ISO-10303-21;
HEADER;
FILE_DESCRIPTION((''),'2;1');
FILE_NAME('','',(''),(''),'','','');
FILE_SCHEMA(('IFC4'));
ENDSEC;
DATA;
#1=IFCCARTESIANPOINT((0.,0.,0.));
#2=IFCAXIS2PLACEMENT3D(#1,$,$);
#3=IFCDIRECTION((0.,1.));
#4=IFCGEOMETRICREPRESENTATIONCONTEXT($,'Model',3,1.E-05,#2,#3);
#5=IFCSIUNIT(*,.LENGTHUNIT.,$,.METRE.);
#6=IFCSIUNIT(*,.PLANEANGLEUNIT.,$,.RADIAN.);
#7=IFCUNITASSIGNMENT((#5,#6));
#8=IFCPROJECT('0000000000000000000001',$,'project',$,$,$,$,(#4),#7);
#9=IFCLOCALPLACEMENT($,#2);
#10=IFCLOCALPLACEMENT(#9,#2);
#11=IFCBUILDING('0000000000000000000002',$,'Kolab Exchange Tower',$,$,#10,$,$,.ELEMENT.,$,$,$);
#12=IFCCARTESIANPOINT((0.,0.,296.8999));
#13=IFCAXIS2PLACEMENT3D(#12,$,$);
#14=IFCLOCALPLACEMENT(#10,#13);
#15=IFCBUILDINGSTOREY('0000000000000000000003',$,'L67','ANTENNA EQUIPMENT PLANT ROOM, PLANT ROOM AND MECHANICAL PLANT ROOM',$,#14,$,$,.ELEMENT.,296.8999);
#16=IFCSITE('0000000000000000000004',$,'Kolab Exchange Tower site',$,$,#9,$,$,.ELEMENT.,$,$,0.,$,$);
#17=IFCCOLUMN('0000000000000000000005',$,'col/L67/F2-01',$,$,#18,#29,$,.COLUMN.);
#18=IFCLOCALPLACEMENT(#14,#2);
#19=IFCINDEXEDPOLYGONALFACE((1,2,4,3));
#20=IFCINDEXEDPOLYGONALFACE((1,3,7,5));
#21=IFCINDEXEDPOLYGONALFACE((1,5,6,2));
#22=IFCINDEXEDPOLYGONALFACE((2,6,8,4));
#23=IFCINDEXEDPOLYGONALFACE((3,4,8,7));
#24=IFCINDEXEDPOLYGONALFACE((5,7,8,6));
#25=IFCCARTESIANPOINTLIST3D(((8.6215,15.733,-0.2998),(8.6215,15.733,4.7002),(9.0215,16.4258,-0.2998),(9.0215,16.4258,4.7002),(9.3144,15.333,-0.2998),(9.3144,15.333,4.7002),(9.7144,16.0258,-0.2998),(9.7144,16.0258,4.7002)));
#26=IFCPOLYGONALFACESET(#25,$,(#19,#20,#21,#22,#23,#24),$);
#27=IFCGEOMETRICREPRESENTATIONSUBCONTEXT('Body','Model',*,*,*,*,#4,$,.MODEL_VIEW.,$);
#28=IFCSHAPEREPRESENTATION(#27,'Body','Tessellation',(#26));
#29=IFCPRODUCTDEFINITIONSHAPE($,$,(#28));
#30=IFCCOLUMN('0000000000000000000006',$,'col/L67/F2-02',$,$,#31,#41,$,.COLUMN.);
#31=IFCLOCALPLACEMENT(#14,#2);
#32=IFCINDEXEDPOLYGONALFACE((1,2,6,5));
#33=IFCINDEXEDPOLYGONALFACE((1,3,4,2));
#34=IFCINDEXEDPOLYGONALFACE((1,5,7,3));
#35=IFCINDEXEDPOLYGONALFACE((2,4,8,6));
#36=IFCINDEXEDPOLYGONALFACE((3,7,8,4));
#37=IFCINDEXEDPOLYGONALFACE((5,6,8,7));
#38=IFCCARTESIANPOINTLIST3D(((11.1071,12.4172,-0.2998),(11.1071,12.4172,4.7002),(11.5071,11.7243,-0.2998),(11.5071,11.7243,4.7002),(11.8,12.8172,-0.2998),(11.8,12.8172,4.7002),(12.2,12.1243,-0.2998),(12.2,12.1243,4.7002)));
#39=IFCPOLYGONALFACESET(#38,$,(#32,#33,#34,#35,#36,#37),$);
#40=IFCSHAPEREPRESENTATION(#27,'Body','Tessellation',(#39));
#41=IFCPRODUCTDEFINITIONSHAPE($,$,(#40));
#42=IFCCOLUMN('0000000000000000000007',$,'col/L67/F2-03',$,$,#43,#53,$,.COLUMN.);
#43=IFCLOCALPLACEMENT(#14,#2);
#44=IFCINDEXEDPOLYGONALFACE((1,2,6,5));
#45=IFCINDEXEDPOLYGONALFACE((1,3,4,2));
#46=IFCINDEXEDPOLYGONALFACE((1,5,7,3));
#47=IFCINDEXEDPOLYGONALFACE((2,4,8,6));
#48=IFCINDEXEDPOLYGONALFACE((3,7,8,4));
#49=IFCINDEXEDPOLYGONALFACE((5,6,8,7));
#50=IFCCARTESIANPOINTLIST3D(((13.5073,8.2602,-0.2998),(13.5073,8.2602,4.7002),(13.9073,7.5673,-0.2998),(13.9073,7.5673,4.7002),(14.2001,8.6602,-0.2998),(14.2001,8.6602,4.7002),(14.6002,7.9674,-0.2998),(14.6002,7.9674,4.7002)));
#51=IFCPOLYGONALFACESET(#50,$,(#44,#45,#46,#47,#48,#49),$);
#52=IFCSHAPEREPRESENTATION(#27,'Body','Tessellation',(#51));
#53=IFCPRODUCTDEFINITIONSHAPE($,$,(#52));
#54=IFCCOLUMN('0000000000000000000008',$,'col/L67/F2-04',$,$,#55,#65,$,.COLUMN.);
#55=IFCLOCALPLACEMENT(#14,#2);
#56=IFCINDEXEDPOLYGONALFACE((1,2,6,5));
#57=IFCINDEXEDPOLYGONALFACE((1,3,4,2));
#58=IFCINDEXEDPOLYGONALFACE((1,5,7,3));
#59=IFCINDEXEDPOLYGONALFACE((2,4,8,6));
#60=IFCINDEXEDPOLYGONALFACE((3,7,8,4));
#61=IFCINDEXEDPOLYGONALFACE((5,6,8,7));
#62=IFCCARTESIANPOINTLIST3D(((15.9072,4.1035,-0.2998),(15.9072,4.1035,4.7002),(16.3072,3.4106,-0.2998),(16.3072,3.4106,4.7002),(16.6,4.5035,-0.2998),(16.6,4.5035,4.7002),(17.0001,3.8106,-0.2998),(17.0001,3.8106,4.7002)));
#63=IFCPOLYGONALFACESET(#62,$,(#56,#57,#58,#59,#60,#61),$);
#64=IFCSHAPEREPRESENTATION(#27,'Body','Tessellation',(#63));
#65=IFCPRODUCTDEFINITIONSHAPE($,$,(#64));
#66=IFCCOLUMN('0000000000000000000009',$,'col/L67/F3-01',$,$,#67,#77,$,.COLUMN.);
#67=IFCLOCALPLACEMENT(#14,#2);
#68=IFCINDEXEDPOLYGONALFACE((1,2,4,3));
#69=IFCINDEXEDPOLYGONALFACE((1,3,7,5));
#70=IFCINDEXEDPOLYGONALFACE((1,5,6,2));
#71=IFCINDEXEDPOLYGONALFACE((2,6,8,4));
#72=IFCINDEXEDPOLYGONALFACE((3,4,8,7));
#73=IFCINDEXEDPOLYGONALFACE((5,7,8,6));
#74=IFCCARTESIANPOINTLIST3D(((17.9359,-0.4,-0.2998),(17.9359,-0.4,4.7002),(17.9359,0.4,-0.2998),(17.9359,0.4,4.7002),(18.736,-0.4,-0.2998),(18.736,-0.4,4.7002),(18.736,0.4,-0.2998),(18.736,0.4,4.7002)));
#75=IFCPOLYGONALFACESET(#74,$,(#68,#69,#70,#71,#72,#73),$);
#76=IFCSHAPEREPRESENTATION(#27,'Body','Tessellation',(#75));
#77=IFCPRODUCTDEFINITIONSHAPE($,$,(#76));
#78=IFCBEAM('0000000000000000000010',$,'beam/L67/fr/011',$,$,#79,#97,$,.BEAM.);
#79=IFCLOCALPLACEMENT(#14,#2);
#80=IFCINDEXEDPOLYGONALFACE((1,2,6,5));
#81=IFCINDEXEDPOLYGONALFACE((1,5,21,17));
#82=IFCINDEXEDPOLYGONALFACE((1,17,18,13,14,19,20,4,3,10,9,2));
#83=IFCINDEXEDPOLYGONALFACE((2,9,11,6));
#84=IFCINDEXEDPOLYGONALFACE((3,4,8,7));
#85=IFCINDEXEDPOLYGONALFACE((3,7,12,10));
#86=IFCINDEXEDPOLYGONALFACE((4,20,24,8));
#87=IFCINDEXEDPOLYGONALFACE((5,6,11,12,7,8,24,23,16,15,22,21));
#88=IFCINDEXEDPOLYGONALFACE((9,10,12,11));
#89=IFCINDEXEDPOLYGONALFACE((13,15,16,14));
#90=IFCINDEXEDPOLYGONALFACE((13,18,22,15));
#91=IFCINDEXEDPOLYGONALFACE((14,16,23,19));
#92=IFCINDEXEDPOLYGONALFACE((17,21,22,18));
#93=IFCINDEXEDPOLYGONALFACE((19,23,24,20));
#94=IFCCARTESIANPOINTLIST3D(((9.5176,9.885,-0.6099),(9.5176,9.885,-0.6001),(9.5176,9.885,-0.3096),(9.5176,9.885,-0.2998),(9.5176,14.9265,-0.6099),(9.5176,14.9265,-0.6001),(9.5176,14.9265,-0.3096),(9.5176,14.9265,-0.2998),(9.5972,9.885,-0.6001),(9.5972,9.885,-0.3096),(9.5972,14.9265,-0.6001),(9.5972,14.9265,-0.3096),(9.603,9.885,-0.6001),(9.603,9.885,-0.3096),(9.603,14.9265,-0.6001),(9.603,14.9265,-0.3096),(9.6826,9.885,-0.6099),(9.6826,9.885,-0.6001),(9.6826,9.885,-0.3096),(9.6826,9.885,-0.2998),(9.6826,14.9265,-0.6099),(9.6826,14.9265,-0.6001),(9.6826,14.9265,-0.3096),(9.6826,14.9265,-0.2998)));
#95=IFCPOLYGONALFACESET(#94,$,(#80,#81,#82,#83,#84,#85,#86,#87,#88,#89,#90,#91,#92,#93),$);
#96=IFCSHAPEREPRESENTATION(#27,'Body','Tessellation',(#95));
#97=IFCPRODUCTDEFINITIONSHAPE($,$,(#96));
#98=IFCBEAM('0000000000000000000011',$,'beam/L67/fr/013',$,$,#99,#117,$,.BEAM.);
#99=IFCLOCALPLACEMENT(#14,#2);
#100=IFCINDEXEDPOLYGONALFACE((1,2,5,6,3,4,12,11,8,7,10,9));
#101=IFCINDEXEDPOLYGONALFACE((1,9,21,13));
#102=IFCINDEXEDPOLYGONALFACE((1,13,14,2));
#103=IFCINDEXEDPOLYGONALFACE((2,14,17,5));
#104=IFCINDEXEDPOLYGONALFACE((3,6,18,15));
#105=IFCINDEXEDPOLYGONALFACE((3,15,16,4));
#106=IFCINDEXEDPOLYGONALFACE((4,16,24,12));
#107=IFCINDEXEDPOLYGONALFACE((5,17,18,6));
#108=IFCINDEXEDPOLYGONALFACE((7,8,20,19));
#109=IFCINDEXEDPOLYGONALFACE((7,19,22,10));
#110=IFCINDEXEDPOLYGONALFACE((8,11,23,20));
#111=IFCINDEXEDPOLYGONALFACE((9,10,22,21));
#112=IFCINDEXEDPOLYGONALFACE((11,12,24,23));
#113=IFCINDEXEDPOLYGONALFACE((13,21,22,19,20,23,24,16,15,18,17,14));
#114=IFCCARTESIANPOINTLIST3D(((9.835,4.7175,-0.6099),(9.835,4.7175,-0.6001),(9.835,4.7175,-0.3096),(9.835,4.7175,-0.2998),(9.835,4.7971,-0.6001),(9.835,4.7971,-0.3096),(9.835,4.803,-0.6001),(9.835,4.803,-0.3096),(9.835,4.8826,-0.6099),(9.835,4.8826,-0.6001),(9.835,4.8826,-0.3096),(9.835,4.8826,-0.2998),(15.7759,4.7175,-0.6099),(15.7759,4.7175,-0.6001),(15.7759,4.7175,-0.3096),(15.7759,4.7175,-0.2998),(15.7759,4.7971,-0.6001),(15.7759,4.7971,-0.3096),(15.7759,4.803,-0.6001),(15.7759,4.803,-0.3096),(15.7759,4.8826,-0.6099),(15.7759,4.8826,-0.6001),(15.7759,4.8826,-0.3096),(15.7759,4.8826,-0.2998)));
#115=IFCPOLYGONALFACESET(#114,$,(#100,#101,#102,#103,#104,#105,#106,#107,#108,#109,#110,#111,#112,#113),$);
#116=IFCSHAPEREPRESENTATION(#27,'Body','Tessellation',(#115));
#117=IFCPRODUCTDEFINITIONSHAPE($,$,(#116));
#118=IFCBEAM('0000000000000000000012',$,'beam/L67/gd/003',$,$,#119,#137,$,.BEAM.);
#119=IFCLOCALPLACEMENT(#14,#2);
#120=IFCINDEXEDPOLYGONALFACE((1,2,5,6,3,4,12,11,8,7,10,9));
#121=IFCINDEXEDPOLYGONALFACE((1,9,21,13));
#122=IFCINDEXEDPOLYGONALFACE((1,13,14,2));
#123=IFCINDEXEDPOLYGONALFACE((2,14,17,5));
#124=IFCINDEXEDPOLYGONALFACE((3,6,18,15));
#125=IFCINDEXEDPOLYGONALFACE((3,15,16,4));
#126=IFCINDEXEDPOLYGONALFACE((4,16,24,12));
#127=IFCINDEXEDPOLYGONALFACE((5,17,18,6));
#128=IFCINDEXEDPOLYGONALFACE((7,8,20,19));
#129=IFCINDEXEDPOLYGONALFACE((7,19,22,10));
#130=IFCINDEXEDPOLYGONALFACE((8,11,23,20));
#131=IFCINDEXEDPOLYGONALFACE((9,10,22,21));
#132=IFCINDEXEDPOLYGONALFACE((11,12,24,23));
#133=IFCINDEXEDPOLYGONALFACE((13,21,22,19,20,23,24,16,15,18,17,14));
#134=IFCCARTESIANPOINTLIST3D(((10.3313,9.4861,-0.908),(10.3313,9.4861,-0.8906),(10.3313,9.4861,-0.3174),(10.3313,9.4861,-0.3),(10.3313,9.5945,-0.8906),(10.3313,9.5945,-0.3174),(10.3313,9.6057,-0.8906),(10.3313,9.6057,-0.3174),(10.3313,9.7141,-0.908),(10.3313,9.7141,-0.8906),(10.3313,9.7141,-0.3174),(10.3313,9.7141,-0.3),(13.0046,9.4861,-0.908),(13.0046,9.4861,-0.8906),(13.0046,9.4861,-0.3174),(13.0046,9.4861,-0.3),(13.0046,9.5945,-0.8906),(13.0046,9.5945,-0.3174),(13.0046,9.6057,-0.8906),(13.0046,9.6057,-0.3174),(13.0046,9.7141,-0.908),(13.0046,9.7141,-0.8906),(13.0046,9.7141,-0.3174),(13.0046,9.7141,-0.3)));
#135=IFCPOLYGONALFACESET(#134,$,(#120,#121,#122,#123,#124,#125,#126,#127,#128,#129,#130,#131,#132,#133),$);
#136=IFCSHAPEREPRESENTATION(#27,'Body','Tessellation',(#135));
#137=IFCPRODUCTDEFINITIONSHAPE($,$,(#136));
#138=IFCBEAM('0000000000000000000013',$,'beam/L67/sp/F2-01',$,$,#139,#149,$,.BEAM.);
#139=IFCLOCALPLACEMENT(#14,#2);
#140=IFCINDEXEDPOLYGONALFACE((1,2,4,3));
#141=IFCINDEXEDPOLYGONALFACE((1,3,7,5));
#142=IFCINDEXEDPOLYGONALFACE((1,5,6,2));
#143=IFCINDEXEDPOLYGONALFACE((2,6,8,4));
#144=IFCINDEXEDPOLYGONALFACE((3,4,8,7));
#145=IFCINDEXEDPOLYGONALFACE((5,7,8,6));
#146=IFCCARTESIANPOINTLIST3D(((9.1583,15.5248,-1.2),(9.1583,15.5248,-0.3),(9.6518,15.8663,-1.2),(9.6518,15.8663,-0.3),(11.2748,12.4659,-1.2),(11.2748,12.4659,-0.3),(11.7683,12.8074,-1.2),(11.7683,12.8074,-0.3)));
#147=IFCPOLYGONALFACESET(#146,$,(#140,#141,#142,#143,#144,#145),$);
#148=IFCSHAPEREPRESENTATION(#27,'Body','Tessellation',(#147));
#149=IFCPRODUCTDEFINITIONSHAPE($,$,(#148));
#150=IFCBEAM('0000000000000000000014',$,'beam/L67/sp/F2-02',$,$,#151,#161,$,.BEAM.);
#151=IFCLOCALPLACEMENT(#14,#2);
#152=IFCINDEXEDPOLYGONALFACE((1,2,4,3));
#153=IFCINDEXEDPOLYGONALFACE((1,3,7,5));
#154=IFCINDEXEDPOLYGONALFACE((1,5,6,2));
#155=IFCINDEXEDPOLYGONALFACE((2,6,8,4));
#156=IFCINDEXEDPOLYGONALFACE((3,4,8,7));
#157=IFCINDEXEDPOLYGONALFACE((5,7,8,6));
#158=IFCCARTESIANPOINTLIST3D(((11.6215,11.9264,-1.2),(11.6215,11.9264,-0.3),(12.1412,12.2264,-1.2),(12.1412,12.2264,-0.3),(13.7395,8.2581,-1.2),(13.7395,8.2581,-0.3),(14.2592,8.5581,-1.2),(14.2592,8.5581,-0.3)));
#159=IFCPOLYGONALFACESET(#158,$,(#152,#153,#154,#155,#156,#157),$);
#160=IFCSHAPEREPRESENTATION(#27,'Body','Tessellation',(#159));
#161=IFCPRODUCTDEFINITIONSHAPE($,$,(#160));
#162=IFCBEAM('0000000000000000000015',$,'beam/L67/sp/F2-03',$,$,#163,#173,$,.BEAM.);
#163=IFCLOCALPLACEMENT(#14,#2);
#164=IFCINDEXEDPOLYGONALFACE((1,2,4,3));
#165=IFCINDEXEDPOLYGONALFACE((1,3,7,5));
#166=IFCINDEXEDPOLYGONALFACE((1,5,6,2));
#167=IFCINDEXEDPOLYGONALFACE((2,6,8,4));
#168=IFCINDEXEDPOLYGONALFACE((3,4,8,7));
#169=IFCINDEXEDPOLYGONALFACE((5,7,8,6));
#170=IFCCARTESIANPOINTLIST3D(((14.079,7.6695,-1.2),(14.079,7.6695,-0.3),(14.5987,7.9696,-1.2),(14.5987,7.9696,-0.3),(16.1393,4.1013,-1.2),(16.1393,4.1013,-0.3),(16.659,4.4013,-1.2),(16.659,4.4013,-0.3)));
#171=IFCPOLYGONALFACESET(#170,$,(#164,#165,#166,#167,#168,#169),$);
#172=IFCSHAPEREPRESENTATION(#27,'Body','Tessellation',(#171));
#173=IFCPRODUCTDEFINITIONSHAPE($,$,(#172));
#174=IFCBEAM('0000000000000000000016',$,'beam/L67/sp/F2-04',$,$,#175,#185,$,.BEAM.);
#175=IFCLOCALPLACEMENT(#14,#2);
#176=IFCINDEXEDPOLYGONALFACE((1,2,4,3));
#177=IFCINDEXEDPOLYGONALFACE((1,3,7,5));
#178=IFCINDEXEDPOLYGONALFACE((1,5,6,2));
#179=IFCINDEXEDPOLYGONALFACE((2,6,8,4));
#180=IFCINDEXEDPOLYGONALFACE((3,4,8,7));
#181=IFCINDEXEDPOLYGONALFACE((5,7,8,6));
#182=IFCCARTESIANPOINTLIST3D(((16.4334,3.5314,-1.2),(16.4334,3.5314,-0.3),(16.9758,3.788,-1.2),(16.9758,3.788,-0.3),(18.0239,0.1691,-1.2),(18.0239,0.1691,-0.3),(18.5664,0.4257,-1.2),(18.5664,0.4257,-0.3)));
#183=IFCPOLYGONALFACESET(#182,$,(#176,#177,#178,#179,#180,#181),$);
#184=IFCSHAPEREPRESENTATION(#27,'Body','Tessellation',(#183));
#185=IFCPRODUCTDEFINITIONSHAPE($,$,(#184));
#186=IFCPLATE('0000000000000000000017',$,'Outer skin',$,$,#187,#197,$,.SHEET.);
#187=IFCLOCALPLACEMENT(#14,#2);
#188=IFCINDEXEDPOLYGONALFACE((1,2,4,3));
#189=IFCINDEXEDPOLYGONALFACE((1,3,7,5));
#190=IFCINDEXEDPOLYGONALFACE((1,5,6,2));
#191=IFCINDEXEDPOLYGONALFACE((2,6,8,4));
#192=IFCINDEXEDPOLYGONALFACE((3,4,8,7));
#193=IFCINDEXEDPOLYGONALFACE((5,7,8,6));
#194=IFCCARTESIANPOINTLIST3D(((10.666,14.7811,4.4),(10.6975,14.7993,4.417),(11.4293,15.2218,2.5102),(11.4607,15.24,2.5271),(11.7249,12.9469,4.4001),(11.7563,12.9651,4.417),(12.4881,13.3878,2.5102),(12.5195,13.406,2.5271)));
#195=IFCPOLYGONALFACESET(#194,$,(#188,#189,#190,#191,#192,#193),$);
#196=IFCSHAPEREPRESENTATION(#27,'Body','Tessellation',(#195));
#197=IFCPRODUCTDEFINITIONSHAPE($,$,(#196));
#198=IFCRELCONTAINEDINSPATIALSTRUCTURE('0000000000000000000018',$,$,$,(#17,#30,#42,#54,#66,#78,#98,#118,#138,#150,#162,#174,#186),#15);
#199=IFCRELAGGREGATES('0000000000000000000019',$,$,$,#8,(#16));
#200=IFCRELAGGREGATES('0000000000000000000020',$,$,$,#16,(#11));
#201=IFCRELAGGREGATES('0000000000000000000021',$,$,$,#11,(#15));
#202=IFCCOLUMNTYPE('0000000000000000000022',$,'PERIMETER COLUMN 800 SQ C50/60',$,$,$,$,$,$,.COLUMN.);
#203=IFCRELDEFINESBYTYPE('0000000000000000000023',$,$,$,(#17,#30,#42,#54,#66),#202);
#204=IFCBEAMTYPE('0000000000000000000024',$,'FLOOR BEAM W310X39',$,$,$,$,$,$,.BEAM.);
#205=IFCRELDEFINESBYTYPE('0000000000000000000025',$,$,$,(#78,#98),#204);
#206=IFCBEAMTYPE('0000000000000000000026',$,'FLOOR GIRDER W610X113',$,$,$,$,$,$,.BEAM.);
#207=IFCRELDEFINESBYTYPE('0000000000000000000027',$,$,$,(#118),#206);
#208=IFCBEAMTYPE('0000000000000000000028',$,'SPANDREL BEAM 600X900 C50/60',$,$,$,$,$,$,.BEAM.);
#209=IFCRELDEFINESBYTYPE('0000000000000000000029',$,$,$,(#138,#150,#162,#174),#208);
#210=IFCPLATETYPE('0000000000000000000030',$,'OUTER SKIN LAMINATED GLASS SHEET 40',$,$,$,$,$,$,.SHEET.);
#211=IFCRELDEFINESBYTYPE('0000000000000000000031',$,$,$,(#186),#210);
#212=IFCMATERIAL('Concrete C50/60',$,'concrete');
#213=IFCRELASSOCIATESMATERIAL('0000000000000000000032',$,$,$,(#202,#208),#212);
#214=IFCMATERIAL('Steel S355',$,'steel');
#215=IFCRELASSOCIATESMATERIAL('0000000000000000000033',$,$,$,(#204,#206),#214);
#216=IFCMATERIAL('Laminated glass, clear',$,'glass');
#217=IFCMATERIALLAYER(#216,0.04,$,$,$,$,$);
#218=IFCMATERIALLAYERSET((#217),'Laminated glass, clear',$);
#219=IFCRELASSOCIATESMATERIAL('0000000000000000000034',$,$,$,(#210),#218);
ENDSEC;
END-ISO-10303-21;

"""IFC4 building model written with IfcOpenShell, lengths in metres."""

from ifc_helpers import new_model, si_unit, direction, frame, origin, origin_2d, place, context, subcontext, project, spatial, polyline, rectangle, i_section, outline, extrude, material, layer, layer_set, material_profile, profile_set, type_object, element, save


model = new_model("IFC4")

# Units and contexts
model_context = context("Model", 3, precision=1e-05, world=origin(), true_north=direction((0.0, 1.0)))
body_context = subcontext(model_context, "Body", "Model", "MODEL_VIEW")
ifc_project = project(units=[si_unit("LENGTHUNIT", "METRE"), si_unit("PLANEANGLEUNIT", "RADIAN")], contexts=[model_context])

# Site, building, storey
site_placement = place(None, origin())
site = spatial("IfcSite", under=ifc_project, at=site_placement, Name="Kolab Exchange Tower site", CompositionType="ELEMENT", RefElevation=0.0)
building_placement = place(site_placement, origin())
building = spatial("IfcBuilding", under=site, at=building_placement, Name="Kolab Exchange Tower", CompositionType="ELEMENT")
storey_placement = place(building_placement, frame((0.0, 0.0, 296.8999)))
storey = spatial("IfcBuildingStorey", under=building, at=storey_placement, Name="L67", Description="ANTENNA EQUIPMENT PLANT ROOM, PLANT ROOM AND MECHANICAL PLANT ROOM", CompositionType="ELEMENT", Elevation=296.8999)

# Columns
ifc_material_1 = material(Name="Concrete C50/60", Category="concrete")
ifc_material_profile_1 = material_profile(ifc_material_1, rectangle(XDim=0.8, YDim=0.8, at=origin_2d()), Name="RC800")
ifc_profile_set_1 = profile_set([ifc_material_profile_1], Name="Concrete C50/60")
column_type = type_object("IfcColumnType", Name="PERIMETER COLUMN 800 SQ C50/60", PredefinedType="COLUMN", material=ifc_profile_set_1)
for number, where, z_axis, x_axis, name in (
    (1, (9.168, 15.8794, -0.2998), (0.0, 0.0, 1.0), (0.5, 0.866025, 0.0), "col/L67/F2-01"),
    (2, (11.6536, 12.2708, -0.2998), (0.0, 0.0, 1.0), (0.866025, 0.5, 0.0), "col/L67/F2-02"),
    (3, (14.0537, 8.1138, -0.2998), (0.0, 0.0, 1.0), (0.866025, 0.5, 0.0), "col/L67/F2-03"),
    (4, (16.4536, 3.957, -0.2998), (0.0, 0.0, 1.0), (0.866025, 0.5, 0.0), "col/L67/F2-04"),
    (5, (18.3359, 0.0, -0.2998), (0.0, 0.0, 1.0), (1.0, 0.0, 0.0), "col/L67/F3-01"),
):
    element("IfcColumn", number, at=place(storey_placement, frame(where, z_axis=z_axis, x_axis=x_axis)), inside=storey, type_object=column_type, Name=name, PredefinedType="COLUMN", context=body_context, shape_type="SweptSolid", body=[
        extrude(rectangle(XDim=0.8, YDim=0.8, at=origin_2d()), origin(), (0.0, 0.0, 1.0), 5.0),
    ])

# Beams
ifc_material_2 = material(Name="Steel S355", Category="steel")
ifc_material_profile_2 = material_profile(ifc_material_2, i_section(OverallWidth=0.165, OverallDepth=0.3101, WebThickness=0.0059, FlangeThickness=0.0098, at=origin_2d()), Name="W310X39")
ifc_profile_set_2 = profile_set([ifc_material_profile_2], Name="Steel S355")
beam_type_1 = type_object("IfcBeamType", Name="FLOOR BEAM W310X39", PredefinedType="BEAM", material=ifc_profile_set_2)
beam_1_placement = place(storey_placement, frame((9.6001, 9.885, -0.4548), z_axis=(0.0, 1.0, 0.0), x_axis=(-1.0, 0.0, 0.0)))
element("IfcBeam", 6, at=beam_1_placement, inside=storey, type_object=beam_type_1, Name="beam/L67/fr/011", PredefinedType="BEAM", context=body_context, shape_type="SweptSolid", body=[
    extrude(i_section(OverallWidth=0.165, OverallDepth=0.3101, WebThickness=0.0059, FlangeThickness=0.0098, at=origin_2d()), origin(), (0.0, 0.0, 1.0), 5.0415),
])
beam_2_placement = place(storey_placement, frame((9.835, 4.8, -0.4548), z_axis=(1.0, 0.0, 0.0), x_axis=(0.0, 1.0, 0.0)))
element("IfcBeam", 7, at=beam_2_placement, inside=storey, type_object=beam_type_1, Name="beam/L67/fr/013", PredefinedType="BEAM", context=body_context, shape_type="SweptSolid", body=[
    extrude(i_section(OverallWidth=0.165, OverallDepth=0.3101, WebThickness=0.0059, FlangeThickness=0.0098, at=origin_2d()), origin(), (0.0, 0.0, 1.0), 5.9409),
])
ifc_material_profile_3 = material_profile(ifc_material_2, i_section(OverallWidth=0.228, OverallDepth=0.6079, WebThickness=0.0112, FlangeThickness=0.0173, at=origin_2d()), Name="W610X113")
ifc_profile_set_3 = profile_set([ifc_material_profile_3], Name="Steel S355")
beam_type_2 = type_object("IfcBeamType", Name="FLOOR GIRDER W610X113", PredefinedType="BEAM", material=ifc_profile_set_3)
beam_3_placement = place(storey_placement, frame((10.3313, 9.6001, -0.604), z_axis=(1.0, 0.0, 0.0), x_axis=(0.0, 1.0, 0.0)))
element("IfcBeam", 8, at=beam_3_placement, inside=storey, type_object=beam_type_2, Name="beam/L67/gd/003", PredefinedType="BEAM", context=body_context, shape_type="SweptSolid", body=[
    extrude(i_section(OverallWidth=0.228, OverallDepth=0.6079, WebThickness=0.0112, FlangeThickness=0.0173, at=origin_2d()), origin(), (0.0, 0.0, 1.0), 2.6733),
])
ifc_material_profile_4 = material_profile(ifc_material_1, rectangle(XDim=0.6001, YDim=0.8999, at=origin_2d()), Name="RC600X900")
ifc_profile_set_4 = profile_set([ifc_material_profile_4], Name="Concrete C50/60")
beam_type_3 = type_object("IfcBeamType", Name="SPANDREL BEAM 600X900 C50/60", PredefinedType="BEAM", material=ifc_profile_set_4)
beam_4_placement = place(storey_placement, frame((9.405, 15.6956, -0.75), z_axis=(0.568992, -0.822343, 0.0), x_axis=(0.822343, 0.568992, 0.0)))
element("IfcBeam", 9, at=beam_4_placement, inside=storey, type_object=beam_type_3, Name="beam/L67/sp/F2-01", PredefinedType="BEAM", context=body_context, shape_type="SweptSolid", body=[
    extrude(rectangle(XDim=0.6001, YDim=0.8999, at=origin_2d()), origin(), (0.0, 0.0, 1.0), 3.7197),
])
beam_5_placement = place(storey_placement, frame((11.8813, 12.0764, -0.75), z_axis=(0.500013, -0.866018, 0.0), x_axis=(0.866018, 0.500013, 0.0)))
element("IfcBeam", 10, at=beam_5_placement, inside=storey, type_object=beam_type_3, Name="beam/L67/sp/F2-02", PredefinedType="BEAM", context=body_context, shape_type="SweptSolid", body=[
    extrude(rectangle(XDim=0.6001, YDim=0.8999, at=origin_2d()), origin(), (0.0, 0.0, 1.0), 4.2358),
])
beam_6_placement = place(storey_placement, frame((14.3389, 7.8196, -0.75), z_axis=(0.50002, -0.866014, 0.0), x_axis=(0.866014, 0.50002, 0.0)))
element("IfcBeam", 11, at=beam_6_placement, inside=storey, type_object=beam_type_3, Name="beam/L67/sp/F2-03", PredefinedType="BEAM", context=body_context, shape_type="SweptSolid", body=[
    extrude(rectangle(XDim=0.6001, YDim=0.8999, at=origin_2d()), origin(), (0.0, 0.0, 1.0), 4.1204),
])
beam_7_placement = place(storey_placement, frame((16.7046, 3.6597, -0.75), z_axis=(0.427626, -0.903956, 0.0), x_axis=(0.903956, 0.427626, 0.0)))
element("IfcBeam", 12, at=beam_7_placement, inside=storey, type_object=beam_type_3, Name="beam/L67/sp/F2-04", PredefinedType="BEAM", context=body_context, shape_type="SweptSolid", body=[
    extrude(rectangle(XDim=0.6001, YDim=0.8999, at=origin_2d()), origin(), (0.0, 0.0, 1.0), 3.7195),
])

# Plate
ifc_material_3 = material(Name="Laminated glass, clear", Category="glass")
ifc_layer_1 = layer(ifc_material_3, 0.04)
ifc_layer_set_1 = layer_set([ifc_layer_1], Name="Laminated glass, clear")
plate_type = type_object("IfcPlateType", Name="OUTER SKIN LAMINATED GLASS SHEET 40", PredefinedType="SHEET", material=ifc_layer_set_1)
plate_1_placement = place(storey_placement, frame((11.4607, 15.24, 2.5271), z_axis=(0.784891, 0.453121, 0.422643), x_axis=(0.499975, -0.86604, -0.000011)))
element("IfcPlate", 13, at=plate_1_placement, inside=storey, type_object=plate_type, Name="Outer skin", PredefinedType="SHEET", context=body_context, shape_type="SweptSolid", body=[
    extrude(outline(polyline([(0.0, 0.0), (2.1177, 0.0), (2.118, -2.0853), (0.0, -2.0853), (0.0, 0.0)])), origin(), (0.0, 0.0, -1.0), 0.04),
])

save(model, "model.ifc")
